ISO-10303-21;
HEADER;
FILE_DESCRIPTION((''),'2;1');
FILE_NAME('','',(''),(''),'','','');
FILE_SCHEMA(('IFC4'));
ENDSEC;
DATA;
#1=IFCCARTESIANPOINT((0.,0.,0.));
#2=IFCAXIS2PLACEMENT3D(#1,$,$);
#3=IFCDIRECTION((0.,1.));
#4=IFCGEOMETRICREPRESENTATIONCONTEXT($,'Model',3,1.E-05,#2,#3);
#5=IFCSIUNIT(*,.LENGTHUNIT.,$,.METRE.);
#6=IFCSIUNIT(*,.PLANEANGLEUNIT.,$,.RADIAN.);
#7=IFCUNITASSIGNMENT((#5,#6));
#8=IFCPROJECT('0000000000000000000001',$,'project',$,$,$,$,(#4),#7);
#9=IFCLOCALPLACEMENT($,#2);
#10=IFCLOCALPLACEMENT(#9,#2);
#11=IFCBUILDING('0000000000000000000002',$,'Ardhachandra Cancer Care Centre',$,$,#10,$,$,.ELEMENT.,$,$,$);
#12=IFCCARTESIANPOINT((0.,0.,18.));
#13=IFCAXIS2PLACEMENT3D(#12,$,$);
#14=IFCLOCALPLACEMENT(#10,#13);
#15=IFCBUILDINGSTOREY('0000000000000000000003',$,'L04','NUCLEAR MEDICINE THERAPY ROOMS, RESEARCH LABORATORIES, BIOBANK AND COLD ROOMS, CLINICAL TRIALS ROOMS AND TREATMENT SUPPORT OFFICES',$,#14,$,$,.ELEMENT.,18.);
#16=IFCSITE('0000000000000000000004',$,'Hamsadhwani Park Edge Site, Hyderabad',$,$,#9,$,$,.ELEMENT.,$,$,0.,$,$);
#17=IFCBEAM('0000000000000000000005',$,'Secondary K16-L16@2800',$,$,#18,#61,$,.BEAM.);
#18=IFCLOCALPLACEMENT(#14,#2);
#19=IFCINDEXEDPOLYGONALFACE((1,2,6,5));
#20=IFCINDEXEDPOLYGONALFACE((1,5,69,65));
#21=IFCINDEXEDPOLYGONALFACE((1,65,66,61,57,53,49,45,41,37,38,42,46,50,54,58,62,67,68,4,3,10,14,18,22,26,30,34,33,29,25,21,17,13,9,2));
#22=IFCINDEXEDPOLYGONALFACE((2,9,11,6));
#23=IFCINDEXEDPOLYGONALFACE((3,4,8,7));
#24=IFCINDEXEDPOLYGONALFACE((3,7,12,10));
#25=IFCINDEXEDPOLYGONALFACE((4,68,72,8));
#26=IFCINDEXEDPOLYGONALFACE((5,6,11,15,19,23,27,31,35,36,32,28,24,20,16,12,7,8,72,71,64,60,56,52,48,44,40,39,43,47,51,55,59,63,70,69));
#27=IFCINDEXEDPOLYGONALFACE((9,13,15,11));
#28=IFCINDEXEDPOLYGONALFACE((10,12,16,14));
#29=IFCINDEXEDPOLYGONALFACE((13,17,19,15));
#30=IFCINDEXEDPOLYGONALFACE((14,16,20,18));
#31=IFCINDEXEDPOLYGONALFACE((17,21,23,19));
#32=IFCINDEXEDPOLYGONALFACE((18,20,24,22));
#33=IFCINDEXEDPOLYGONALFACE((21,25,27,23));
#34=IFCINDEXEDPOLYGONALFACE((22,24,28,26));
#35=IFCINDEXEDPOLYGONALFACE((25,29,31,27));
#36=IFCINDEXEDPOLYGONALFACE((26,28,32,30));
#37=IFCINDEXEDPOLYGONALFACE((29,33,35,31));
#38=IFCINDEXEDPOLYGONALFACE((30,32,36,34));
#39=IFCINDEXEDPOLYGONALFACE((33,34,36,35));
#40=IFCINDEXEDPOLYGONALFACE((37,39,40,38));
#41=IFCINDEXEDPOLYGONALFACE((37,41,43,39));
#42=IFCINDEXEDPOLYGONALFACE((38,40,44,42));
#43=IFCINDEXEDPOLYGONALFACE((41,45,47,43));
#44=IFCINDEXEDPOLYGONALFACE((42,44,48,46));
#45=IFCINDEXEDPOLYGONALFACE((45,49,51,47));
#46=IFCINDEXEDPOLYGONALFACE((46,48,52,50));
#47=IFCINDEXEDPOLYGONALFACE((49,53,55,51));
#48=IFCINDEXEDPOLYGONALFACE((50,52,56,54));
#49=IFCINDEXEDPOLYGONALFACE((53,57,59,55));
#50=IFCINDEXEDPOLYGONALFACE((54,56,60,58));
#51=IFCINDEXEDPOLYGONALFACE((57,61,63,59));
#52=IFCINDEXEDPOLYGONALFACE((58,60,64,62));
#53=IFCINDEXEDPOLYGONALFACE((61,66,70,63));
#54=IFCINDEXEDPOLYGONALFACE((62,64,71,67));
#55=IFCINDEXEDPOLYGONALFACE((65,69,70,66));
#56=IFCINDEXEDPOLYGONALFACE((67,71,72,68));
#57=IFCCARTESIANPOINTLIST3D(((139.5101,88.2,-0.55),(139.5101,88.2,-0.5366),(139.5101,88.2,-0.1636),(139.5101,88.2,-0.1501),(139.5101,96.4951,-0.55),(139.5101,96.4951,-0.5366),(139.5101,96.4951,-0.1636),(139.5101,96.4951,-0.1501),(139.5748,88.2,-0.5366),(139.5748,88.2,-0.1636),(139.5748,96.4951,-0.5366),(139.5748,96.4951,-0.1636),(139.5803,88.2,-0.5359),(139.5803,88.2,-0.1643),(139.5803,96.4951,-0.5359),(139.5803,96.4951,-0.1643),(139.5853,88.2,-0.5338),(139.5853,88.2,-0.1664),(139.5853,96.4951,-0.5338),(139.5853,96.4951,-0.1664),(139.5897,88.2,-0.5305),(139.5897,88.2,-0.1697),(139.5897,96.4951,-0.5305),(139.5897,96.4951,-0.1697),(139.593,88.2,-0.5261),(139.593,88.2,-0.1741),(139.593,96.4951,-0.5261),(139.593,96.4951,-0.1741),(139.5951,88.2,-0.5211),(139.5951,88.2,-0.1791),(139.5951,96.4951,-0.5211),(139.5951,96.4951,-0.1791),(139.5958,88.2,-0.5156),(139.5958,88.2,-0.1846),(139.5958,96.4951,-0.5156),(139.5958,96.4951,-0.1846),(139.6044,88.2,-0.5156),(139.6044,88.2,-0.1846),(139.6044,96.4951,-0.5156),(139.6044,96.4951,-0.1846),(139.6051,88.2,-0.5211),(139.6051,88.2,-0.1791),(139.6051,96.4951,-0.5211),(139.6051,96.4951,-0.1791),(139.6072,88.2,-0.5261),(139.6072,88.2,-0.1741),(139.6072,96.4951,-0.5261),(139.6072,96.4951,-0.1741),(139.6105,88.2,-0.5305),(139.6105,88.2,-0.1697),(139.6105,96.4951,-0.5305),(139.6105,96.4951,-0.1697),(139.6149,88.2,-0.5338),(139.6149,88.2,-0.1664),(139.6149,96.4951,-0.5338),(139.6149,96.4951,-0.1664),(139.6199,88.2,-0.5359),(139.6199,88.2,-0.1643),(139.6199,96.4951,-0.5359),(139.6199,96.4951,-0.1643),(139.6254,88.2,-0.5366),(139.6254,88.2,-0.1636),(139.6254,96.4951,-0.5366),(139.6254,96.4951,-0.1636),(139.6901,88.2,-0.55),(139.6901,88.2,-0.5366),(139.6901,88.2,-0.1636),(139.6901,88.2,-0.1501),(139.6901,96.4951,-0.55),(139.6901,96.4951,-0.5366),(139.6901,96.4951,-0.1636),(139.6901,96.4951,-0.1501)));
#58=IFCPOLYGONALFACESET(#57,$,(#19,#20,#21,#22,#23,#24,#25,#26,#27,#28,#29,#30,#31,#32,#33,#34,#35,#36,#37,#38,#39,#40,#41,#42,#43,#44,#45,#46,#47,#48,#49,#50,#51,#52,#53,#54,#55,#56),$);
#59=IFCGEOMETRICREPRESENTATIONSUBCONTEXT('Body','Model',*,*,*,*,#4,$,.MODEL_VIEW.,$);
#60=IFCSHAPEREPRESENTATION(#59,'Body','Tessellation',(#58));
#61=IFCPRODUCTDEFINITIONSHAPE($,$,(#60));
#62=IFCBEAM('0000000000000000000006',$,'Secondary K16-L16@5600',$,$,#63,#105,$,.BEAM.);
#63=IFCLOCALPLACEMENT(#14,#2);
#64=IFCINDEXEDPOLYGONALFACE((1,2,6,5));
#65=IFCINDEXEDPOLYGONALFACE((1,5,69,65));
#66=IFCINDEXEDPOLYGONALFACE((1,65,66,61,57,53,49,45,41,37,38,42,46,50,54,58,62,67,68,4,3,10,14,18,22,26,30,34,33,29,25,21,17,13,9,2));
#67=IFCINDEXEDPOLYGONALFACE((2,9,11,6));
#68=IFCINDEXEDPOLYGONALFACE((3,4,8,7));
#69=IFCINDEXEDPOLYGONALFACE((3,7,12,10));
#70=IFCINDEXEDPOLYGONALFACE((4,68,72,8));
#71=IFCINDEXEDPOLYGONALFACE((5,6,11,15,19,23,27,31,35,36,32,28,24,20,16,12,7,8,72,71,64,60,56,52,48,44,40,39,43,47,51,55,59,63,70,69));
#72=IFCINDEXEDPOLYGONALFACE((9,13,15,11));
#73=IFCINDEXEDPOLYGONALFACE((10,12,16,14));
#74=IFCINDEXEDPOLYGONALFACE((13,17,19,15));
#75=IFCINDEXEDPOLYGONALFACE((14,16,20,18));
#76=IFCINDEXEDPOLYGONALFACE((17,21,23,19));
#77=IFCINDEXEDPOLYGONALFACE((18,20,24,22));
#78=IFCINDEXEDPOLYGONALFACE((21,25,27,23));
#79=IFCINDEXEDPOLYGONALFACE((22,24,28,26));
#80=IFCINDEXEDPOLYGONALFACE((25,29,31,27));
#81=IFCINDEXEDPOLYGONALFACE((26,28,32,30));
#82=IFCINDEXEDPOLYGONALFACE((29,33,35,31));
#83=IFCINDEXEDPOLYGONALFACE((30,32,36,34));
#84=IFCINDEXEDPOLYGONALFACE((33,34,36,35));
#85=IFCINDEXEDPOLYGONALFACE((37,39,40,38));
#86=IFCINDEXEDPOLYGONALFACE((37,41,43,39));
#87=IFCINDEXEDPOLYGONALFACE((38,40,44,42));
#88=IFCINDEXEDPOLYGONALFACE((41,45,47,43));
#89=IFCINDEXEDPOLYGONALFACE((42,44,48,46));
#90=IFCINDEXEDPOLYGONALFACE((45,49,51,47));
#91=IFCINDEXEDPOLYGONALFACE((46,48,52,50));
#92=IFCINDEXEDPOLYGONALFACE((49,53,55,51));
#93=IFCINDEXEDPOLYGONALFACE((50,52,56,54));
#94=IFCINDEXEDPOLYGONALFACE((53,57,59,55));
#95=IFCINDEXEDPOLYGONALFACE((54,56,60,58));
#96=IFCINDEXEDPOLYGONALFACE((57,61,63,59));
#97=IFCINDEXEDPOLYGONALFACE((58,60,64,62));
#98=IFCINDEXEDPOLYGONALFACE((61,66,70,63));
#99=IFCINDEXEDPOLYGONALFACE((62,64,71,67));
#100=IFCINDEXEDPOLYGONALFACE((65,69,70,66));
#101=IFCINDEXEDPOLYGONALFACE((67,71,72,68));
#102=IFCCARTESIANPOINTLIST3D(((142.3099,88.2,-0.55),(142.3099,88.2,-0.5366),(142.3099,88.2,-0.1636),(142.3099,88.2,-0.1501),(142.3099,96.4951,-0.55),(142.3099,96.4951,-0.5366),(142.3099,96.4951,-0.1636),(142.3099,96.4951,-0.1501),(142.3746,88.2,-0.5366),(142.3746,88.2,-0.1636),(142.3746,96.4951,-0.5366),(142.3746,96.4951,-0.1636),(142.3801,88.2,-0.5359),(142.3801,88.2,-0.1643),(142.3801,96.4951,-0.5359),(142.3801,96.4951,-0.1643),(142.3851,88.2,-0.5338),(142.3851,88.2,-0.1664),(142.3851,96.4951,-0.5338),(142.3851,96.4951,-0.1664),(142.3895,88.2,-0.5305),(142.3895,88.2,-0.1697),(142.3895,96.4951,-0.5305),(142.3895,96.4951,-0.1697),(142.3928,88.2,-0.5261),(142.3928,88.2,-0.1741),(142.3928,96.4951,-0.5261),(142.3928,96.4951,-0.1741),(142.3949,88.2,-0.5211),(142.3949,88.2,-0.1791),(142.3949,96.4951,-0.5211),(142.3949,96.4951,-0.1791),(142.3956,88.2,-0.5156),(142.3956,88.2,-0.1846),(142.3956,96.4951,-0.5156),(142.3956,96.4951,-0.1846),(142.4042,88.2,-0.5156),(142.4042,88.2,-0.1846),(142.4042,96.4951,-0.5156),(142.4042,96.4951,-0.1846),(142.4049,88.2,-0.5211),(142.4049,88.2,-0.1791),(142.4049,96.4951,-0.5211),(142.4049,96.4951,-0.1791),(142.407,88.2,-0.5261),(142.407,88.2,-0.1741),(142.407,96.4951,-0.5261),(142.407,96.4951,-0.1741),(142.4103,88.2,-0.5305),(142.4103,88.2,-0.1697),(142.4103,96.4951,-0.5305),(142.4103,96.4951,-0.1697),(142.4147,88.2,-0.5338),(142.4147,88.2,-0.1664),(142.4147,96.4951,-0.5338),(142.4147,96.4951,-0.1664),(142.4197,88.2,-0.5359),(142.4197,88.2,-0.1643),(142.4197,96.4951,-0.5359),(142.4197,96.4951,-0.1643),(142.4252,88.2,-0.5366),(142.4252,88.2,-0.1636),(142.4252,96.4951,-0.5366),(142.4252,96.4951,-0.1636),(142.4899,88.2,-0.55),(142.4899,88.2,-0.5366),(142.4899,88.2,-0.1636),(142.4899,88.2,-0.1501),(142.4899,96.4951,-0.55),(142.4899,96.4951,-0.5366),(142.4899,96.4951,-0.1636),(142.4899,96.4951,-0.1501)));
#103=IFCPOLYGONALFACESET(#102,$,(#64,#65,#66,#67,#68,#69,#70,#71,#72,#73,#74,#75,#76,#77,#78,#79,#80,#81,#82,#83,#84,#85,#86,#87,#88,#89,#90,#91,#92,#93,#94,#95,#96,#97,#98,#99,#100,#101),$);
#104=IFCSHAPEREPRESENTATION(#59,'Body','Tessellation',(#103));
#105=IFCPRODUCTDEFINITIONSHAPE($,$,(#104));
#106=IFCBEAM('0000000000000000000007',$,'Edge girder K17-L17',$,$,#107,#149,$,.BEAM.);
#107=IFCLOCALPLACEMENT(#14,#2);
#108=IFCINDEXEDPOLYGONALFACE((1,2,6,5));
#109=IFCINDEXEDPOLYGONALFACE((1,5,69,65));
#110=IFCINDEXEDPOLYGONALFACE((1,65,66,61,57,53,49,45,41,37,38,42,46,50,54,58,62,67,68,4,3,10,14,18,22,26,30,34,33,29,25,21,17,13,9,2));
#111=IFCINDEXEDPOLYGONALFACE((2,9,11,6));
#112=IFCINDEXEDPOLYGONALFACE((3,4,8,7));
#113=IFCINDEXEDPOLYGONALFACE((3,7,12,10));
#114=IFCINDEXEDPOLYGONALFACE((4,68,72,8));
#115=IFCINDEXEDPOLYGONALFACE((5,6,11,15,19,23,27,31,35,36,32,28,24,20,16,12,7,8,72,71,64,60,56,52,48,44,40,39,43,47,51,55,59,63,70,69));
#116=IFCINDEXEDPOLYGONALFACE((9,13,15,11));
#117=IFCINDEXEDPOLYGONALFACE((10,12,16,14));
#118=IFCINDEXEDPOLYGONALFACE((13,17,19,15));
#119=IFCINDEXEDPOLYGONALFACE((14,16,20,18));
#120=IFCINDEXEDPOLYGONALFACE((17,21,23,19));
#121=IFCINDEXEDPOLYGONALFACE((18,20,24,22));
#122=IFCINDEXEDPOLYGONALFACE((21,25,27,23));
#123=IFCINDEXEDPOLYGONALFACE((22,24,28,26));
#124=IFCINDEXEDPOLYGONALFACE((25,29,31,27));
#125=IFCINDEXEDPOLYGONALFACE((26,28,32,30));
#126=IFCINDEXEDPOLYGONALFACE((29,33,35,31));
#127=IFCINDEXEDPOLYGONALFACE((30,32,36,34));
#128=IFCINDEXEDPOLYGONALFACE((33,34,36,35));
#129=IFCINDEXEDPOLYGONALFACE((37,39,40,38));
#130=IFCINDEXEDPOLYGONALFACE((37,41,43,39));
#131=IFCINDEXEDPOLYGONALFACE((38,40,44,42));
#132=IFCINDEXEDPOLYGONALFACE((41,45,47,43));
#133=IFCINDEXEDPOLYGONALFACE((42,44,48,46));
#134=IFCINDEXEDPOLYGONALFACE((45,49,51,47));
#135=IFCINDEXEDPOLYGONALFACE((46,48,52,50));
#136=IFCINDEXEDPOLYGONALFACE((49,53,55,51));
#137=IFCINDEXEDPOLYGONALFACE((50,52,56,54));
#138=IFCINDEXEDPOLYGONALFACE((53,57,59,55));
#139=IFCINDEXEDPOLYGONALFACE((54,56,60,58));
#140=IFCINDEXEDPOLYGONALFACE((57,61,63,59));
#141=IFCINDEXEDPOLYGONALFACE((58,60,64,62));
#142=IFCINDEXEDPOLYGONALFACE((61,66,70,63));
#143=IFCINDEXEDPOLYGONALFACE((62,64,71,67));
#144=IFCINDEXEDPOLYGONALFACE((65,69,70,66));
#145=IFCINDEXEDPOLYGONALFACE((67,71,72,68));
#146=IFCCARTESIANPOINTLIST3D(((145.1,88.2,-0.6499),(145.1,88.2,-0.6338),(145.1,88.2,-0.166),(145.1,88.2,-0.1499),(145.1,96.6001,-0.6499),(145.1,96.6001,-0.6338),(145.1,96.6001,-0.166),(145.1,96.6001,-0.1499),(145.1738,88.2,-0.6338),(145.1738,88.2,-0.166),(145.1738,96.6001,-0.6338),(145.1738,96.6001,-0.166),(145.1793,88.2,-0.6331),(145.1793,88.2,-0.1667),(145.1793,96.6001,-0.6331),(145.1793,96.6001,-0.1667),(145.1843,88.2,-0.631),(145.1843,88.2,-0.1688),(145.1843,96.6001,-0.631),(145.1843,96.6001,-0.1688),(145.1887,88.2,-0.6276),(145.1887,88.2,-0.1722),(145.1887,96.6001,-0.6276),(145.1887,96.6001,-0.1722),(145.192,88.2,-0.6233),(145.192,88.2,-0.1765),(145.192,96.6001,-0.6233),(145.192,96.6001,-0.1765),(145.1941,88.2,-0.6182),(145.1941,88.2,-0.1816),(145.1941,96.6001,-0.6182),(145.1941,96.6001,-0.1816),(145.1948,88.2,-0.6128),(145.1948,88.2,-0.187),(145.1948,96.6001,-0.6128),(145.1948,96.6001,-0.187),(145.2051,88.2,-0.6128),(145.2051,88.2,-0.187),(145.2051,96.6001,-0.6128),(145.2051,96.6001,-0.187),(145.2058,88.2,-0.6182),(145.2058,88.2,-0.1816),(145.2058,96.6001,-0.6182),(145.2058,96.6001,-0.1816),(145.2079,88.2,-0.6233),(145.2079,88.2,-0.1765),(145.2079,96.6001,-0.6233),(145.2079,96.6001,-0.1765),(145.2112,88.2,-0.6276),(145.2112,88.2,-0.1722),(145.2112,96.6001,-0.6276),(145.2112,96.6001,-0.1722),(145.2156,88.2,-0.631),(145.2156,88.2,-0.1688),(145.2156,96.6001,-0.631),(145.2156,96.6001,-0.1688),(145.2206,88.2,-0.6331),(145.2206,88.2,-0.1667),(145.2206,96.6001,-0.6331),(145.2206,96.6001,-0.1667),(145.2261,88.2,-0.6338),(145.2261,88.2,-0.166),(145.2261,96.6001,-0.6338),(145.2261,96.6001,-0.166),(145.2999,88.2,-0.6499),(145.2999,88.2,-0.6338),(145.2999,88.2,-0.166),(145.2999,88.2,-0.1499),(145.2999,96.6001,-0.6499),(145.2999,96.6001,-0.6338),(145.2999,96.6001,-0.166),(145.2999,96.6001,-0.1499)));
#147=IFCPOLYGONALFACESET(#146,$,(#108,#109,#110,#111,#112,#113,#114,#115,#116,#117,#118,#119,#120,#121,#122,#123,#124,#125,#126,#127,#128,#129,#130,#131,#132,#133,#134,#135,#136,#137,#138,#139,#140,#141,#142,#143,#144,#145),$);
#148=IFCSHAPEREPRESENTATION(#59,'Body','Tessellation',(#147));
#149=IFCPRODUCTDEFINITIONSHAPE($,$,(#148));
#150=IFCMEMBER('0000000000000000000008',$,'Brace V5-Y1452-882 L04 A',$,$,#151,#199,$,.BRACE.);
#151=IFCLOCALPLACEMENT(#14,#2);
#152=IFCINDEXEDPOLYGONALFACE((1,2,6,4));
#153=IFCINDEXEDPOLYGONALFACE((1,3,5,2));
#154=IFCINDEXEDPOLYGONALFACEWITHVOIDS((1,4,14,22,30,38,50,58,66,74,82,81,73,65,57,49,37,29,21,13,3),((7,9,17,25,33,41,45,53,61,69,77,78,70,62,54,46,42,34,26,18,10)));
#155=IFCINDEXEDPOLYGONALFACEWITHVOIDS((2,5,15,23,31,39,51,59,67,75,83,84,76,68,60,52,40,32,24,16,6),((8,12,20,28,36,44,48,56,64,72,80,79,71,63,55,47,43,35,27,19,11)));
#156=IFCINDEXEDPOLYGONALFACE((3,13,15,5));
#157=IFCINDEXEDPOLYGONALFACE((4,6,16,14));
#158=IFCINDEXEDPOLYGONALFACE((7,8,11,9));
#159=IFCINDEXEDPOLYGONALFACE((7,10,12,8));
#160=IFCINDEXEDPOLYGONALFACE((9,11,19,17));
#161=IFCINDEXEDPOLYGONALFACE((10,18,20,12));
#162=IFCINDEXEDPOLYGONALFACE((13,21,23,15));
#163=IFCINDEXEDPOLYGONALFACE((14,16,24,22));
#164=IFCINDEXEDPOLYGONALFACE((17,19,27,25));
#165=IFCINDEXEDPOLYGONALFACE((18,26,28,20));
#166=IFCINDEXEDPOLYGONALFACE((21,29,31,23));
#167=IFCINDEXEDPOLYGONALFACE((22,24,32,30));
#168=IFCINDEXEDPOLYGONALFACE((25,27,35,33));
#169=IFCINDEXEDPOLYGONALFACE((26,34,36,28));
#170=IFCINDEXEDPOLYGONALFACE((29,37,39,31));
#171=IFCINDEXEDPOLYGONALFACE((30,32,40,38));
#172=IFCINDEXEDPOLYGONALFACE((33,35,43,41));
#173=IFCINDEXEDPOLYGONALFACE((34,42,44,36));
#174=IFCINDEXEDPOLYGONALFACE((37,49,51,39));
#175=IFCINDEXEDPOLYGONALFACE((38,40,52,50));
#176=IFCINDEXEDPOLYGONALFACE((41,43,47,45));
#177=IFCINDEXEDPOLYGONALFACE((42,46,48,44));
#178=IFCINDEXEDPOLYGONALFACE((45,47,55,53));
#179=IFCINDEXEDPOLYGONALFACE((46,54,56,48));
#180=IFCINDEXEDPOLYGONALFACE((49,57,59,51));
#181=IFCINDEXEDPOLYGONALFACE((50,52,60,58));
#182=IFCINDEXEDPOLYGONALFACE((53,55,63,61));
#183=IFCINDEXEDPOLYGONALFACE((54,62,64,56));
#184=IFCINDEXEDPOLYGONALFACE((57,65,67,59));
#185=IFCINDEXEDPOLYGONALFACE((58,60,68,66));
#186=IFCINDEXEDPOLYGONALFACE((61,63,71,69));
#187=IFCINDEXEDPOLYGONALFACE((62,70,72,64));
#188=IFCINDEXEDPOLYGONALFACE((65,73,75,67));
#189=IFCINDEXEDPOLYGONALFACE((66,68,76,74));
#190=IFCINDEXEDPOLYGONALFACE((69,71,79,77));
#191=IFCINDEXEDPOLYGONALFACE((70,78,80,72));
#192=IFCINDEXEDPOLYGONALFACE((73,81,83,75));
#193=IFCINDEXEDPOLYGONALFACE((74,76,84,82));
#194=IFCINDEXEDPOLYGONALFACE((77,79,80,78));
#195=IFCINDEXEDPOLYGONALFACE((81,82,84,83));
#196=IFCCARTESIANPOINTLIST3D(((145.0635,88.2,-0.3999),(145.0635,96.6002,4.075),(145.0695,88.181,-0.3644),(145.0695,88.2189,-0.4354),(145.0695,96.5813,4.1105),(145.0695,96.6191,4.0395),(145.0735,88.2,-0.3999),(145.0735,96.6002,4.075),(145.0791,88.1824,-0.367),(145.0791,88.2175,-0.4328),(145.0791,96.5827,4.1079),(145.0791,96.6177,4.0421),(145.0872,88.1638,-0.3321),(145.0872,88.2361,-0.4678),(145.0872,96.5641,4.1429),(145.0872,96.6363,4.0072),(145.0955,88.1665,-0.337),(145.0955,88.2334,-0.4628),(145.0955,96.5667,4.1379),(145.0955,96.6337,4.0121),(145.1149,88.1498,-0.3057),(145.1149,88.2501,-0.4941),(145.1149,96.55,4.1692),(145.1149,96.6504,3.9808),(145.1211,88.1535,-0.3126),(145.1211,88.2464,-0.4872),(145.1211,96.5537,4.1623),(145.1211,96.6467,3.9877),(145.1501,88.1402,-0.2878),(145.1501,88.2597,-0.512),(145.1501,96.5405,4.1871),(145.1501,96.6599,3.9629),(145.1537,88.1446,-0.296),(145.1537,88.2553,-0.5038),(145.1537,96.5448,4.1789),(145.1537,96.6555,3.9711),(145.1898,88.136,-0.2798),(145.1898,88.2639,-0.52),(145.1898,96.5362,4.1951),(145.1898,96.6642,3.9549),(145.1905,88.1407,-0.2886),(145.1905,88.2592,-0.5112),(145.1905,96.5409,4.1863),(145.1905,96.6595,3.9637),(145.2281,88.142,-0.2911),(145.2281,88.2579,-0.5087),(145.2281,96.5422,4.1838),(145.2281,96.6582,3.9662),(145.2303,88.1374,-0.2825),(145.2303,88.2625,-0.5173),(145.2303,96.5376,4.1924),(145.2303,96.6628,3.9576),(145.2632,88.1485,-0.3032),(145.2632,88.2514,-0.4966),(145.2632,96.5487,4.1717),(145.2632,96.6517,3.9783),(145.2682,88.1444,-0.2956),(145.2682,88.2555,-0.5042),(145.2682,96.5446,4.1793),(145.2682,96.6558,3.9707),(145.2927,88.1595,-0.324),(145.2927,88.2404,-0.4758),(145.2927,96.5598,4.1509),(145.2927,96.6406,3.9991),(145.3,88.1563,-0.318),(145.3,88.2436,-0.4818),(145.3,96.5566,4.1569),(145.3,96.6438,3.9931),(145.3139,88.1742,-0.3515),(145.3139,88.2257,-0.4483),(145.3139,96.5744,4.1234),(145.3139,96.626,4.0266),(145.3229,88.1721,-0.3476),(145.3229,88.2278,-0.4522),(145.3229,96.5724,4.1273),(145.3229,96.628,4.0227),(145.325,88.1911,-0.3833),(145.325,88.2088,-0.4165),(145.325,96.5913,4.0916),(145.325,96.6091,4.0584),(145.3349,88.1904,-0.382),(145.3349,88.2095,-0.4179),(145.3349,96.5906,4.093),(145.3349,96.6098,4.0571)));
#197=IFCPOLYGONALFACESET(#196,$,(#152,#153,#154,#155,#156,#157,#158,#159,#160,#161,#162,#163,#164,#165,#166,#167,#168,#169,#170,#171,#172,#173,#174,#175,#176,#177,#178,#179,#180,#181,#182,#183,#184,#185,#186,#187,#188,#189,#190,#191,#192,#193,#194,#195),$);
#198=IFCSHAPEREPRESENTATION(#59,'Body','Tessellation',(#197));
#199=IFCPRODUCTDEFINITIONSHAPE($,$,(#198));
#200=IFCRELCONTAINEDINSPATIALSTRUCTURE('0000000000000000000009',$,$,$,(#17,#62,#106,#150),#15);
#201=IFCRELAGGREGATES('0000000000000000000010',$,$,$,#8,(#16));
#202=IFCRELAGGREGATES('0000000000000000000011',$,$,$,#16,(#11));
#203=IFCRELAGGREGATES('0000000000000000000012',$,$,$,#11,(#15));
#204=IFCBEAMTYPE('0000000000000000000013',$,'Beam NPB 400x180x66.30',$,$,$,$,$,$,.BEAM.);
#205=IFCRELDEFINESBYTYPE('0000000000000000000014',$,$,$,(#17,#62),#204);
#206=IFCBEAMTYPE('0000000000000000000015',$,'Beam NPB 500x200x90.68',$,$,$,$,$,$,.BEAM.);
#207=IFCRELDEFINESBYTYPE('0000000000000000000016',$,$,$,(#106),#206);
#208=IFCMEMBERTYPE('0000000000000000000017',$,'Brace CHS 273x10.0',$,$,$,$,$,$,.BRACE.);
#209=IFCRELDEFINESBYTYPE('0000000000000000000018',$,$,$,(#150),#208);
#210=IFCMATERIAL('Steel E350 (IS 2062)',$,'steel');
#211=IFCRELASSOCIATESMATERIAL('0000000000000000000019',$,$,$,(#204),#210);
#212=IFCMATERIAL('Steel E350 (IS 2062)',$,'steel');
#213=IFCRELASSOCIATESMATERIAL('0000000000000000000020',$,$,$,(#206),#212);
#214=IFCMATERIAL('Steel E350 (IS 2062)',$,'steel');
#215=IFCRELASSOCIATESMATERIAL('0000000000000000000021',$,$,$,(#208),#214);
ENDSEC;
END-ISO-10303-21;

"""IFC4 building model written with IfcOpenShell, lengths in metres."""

from ifc_helpers import new_model, si_unit, direction, frame, origin, origin_2d, place, context, subcontext, project, spatial, hollow_circle, i_section, extrude, material, material_profile, profile_set, type_object, element, save


model = new_model("IFC4")

# Units and contexts
model_context = context("Model", 3, precision=1e-05, world=origin(), true_north=direction((0.0, 1.0)))
body_context = subcontext(model_context, "Body", "Model", "MODEL_VIEW")
ifc_project = project(units=[si_unit("LENGTHUNIT", "METRE"), si_unit("PLANEANGLEUNIT", "RADIAN")], contexts=[model_context])

# Site, building, storey
site_placement = place(None, origin())
site = spatial("IfcSite", under=ifc_project, at=site_placement, Name="Hamsadhwani Park Edge Site, Hyderabad", CompositionType="ELEMENT", RefElevation=0.0)
building_placement = place(site_placement, origin())
building = spatial("IfcBuilding", under=site, at=building_placement, Name="Ardhachandra Cancer Care Centre", CompositionType="ELEMENT")
storey_placement = place(building_placement, frame((0.0, 0.0, 18.0)))
storey = spatial("IfcBuildingStorey", under=building, at=storey_placement, Name="L04", Description="NUCLEAR MEDICINE THERAPY ROOMS, RESEARCH LABORATORIES, BIOBANK AND COLD ROOMS, CLINICAL TRIALS ROOMS AND TREATMENT SUPPORT OFFICES", CompositionType="ELEMENT", Elevation=18.0)

# Beams
ifc_material_1 = material(Name="Steel E350 (IS 2062)", Category="steel")
ifc_material_profile_1 = material_profile(ifc_material_1, i_section(OverallWidth=0.1799, OverallDepth=0.3999, WebThickness=0.0085, FlangeThickness=0.0134, FilletRadius=0.021, at=origin_2d()), Name="NPB 400x180x66.30")
ifc_profile_set_1 = profile_set([ifc_material_profile_1], Name="Steel E350 (IS 2062)")
beam_type_1 = type_object("IfcBeamType", Name="Beam NPB 400x180x66.30", PredefinedType="BEAM", material=ifc_profile_set_1)
for number, where, z_axis, x_axis, name in (
    (1, (139.6001, 88.2, -0.3501), (0.0, 1.0, 0.0), (-1.0, 0.0, 0.0), "Secondary K16-L16@2800"),
    (2, (142.3999, 88.2, -0.3501), (0.0, 1.0, 0.0), (-1.0, 0.0, 0.0), "Secondary K16-L16@5600"),
):
    element("IfcBeam", number, at=place(storey_placement, frame(where, z_axis=z_axis, x_axis=x_axis)), inside=storey, type_object=beam_type_1, Name=name, PredefinedType="BEAM", context=body_context, shape_type="SweptSolid", body=[
        extrude(i_section(OverallWidth=0.1799, OverallDepth=0.3999, WebThickness=0.0085, FlangeThickness=0.0134, FilletRadius=0.021, at=origin_2d()), origin(), (0.0, 0.0, 1.0), 8.2952),
    ])
ifc_material_2 = material(Name="Steel E350 (IS 2062)", Category="steel")
ifc_material_profile_2 = material_profile(ifc_material_2, i_section(OverallWidth=0.2, OverallDepth=0.5, WebThickness=0.0103, FlangeThickness=0.0161, FilletRadius=0.021, at=origin_2d()), Name="NPB 500x200x90.68")
ifc_profile_set_2 = profile_set([ifc_material_profile_2], Name="Steel E350 (IS 2062)")
beam_type_2 = type_object("IfcBeamType", Name="Beam NPB 500x200x90.68", PredefinedType="BEAM", material=ifc_profile_set_2)
beam_placement = place(storey_placement, frame((145.2, 88.2, -0.3999), z_axis=(0.0, 1.0, 0.0), x_axis=(-1.0, 0.0, 0.0)))
element("IfcBeam", 3, at=beam_placement, inside=storey, type_object=beam_type_2, Name="Edge girder K17-L17", PredefinedType="BEAM", context=body_context, shape_type="SweptSolid", body=[
    extrude(i_section(OverallWidth=0.2, OverallDepth=0.5, WebThickness=0.0103, FlangeThickness=0.0161, FilletRadius=0.021, at=origin_2d()), origin(), (0.0, 0.0, 1.0), 8.4001),
])

# Member
ifc_material_3 = material(Name="Steel E350 (IS 2062)", Category="steel")
ifc_material_profile_3 = material_profile(ifc_material_3, hollow_circle(Radius=0.1365, WallThickness=0.01, at=origin_2d()), Name="CHS 273x10.0")
ifc_profile_set_3 = profile_set([ifc_material_profile_3], Name="Steel E350 (IS 2062)")
member_type_1 = type_object("IfcMemberType", Name="Brace CHS 273x10.0", PredefinedType="BRACE", material=ifc_profile_set_3)
member_1_placement = place(storey_placement, frame((145.2, 88.2, -0.3999), z_axis=(0.0, 0.882581, 0.470161), x_axis=(-1.0, 0.0, 0.0)))
element("IfcMember", 4, at=member_1_placement, inside=storey, type_object=member_type_1, Name="Brace V5-Y1452-882 L04 A", PredefinedType="BRACE", context=body_context, shape_type="SweptSolid", body=[
    extrude(hollow_circle(Radius=0.1365, WallThickness=0.01, at=origin_2d()), origin(), (0.0, 0.0, 1.0), 9.5178),
])

save(model, "model.ifc")
